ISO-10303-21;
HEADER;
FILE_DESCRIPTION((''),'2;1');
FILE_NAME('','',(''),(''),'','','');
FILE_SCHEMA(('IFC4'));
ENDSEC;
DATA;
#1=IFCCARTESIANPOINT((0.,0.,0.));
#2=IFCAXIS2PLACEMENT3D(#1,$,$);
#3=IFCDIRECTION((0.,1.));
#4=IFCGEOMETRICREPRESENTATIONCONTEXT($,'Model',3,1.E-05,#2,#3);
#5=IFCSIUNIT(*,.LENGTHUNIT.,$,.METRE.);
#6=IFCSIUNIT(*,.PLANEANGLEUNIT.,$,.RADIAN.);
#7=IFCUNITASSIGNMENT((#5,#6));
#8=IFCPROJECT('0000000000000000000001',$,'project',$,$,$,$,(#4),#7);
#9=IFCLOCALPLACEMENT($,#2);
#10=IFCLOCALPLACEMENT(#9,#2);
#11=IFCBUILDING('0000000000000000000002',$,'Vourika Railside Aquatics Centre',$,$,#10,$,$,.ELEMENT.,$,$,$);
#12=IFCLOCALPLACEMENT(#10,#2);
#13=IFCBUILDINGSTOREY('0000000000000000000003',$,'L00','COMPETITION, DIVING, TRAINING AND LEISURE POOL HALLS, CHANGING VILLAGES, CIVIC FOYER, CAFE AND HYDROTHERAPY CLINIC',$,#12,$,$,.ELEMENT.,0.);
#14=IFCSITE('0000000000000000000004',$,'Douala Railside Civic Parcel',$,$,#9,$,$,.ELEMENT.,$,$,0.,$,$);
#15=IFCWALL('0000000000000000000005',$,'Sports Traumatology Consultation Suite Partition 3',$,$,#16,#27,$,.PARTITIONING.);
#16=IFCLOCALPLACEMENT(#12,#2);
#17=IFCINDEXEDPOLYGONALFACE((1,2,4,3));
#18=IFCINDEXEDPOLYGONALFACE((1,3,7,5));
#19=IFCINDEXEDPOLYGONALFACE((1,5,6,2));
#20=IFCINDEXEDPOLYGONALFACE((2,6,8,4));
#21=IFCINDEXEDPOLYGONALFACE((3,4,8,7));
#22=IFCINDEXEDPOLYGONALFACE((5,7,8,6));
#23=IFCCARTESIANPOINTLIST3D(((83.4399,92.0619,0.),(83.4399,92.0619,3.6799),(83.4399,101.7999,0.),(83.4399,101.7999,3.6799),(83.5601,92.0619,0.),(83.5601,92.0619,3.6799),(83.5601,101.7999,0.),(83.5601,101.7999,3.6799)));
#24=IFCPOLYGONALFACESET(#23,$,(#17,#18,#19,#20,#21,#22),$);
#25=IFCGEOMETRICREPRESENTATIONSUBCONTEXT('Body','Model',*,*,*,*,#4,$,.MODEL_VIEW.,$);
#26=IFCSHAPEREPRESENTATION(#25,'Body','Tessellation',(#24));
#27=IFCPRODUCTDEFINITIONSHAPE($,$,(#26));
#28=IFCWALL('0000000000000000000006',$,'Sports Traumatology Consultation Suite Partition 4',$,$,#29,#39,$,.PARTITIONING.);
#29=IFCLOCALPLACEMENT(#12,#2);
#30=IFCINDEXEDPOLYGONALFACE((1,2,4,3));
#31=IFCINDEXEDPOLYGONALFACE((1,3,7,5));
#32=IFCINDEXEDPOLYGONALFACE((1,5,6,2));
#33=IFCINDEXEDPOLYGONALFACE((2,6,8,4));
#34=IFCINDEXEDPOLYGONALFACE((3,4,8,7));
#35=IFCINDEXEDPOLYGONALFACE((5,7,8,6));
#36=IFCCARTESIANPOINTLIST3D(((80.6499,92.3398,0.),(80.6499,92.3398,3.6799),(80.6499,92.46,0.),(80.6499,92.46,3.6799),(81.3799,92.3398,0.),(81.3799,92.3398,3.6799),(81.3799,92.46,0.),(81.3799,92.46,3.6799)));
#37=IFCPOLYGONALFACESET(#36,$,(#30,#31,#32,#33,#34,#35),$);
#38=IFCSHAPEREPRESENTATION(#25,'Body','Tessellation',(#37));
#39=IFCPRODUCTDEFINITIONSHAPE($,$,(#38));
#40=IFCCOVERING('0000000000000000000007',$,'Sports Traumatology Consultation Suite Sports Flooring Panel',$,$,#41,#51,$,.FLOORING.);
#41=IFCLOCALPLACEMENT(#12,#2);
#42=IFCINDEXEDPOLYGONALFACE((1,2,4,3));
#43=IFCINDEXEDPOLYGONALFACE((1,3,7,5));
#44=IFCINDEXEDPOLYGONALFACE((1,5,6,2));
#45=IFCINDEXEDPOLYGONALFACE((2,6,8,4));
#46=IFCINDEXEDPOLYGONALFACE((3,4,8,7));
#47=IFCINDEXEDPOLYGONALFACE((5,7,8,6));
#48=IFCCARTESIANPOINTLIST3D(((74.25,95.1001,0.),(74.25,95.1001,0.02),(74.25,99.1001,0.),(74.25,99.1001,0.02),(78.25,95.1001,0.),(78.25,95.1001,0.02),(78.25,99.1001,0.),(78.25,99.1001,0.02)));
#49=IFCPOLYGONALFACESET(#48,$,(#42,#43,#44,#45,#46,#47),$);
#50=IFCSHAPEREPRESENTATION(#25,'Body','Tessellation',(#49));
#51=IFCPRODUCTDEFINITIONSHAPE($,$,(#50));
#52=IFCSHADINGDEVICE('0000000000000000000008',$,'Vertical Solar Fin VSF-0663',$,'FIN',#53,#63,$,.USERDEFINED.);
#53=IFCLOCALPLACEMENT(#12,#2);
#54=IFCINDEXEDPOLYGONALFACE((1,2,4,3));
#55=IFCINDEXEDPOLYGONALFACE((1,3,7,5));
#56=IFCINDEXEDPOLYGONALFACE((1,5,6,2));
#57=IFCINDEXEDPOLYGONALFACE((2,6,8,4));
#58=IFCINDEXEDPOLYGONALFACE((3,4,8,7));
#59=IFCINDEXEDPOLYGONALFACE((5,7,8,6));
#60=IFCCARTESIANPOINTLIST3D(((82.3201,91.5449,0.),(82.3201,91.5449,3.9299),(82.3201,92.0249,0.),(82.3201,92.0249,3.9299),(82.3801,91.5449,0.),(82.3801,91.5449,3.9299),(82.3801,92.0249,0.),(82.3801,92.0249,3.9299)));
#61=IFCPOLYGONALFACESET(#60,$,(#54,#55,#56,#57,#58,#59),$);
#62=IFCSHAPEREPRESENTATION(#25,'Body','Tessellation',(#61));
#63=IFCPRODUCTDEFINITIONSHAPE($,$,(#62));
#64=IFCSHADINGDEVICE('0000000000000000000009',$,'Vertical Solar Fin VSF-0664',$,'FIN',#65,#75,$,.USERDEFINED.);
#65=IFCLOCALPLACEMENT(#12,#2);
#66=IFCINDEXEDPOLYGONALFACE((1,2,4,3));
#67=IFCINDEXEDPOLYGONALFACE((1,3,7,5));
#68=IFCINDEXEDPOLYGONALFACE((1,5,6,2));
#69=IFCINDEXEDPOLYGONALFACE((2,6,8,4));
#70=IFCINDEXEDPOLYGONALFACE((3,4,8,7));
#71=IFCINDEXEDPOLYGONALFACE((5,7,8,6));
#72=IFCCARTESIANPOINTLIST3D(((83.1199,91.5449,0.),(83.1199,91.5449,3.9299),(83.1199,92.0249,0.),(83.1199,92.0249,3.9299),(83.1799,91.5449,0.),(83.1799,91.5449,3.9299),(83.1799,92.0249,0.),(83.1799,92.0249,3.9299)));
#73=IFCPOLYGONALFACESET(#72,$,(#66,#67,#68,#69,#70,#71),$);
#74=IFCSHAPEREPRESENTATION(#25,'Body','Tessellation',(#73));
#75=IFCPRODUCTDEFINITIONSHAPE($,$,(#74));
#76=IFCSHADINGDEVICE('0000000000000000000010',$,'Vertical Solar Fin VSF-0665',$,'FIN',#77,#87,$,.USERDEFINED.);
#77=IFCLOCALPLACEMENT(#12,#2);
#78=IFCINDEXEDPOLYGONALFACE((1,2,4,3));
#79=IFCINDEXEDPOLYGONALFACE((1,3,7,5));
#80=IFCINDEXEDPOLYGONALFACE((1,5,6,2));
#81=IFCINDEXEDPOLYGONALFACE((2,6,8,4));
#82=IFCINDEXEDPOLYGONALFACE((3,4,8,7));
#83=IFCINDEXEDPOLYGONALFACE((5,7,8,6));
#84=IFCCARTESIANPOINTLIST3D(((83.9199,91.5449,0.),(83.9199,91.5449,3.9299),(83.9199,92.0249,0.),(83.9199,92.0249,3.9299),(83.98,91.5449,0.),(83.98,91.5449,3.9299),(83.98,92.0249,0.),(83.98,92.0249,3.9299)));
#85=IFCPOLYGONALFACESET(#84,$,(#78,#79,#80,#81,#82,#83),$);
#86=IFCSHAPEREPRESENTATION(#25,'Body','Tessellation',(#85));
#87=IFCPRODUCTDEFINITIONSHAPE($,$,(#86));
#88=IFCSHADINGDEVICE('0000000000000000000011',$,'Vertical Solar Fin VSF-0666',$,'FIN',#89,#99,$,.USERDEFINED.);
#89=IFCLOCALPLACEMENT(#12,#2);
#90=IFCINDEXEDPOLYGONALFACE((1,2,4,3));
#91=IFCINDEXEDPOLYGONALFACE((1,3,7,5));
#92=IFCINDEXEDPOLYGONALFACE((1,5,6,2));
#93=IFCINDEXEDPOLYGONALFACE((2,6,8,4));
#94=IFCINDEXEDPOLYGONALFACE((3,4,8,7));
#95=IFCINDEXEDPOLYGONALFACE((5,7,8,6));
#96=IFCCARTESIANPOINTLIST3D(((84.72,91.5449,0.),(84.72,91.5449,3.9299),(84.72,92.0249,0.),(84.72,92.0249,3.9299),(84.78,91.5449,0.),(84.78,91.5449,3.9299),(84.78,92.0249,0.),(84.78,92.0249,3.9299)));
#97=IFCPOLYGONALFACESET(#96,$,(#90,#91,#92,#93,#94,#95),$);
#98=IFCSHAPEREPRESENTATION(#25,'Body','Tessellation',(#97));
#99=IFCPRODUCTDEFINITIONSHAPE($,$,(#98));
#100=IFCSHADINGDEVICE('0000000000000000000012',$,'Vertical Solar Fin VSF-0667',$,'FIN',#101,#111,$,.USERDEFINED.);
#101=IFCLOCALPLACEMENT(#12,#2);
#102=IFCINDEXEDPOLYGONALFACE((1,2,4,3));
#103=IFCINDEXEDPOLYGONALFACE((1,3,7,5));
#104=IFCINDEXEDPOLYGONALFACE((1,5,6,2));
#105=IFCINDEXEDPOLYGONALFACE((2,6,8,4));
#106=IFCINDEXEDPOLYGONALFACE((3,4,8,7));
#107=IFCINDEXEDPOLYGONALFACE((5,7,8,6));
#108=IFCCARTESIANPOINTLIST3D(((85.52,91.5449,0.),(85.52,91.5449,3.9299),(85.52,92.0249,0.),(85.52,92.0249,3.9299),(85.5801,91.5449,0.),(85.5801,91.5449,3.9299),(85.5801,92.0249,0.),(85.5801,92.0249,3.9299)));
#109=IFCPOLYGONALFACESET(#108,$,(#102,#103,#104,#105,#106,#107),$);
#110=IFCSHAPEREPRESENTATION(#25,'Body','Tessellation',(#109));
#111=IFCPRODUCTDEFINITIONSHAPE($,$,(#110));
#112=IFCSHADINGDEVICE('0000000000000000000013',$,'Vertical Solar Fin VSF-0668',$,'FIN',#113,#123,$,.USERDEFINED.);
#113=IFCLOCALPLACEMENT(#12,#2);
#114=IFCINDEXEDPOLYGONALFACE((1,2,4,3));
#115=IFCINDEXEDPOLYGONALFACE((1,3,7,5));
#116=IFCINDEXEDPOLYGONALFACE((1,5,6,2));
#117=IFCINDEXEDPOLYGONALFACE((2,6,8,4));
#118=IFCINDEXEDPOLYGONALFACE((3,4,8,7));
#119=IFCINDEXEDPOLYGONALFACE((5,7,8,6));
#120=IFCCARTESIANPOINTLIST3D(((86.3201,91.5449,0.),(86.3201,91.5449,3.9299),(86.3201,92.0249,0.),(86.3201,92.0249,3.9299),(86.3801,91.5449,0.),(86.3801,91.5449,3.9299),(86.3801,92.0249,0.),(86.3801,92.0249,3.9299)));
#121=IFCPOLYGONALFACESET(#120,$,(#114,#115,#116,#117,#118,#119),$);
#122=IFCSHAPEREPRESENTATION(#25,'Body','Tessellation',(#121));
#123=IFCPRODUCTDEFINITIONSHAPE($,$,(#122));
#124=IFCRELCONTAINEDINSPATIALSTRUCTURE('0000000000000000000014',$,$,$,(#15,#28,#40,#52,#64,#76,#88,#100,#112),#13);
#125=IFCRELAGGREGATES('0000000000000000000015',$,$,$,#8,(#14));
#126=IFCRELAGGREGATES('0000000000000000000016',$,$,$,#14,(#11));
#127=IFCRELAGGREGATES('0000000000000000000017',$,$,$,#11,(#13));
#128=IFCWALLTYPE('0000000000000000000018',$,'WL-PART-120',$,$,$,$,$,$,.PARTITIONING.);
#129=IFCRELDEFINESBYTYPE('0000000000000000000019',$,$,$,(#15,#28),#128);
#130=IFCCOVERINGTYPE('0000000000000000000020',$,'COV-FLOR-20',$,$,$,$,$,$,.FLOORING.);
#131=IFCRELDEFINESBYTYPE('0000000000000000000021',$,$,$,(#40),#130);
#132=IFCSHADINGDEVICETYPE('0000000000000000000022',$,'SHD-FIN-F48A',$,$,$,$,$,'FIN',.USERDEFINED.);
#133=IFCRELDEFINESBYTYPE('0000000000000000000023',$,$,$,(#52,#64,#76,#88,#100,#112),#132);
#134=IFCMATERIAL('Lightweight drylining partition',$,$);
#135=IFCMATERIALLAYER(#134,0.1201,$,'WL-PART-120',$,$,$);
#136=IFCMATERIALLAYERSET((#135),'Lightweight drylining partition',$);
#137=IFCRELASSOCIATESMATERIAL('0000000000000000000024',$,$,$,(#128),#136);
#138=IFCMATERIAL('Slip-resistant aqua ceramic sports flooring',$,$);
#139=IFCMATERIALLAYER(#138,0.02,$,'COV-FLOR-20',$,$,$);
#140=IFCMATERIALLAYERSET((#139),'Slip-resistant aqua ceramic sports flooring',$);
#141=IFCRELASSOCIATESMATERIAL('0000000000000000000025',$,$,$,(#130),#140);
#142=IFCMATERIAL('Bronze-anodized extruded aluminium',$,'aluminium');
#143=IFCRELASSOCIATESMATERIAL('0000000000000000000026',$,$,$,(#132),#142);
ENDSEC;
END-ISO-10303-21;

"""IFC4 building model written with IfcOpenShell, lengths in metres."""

from ifc_helpers import new_model, si_unit, direction, frame, frame_2d, origin, origin_2d, place, context, subcontext, project, spatial, rectangle, extrude, material, layer, layer_set, material_profile, profile_set, type_object, element, save


model = new_model("IFC4")

# Units and contexts
model_context = context("Model", 3, precision=1e-05, world=origin(), true_north=direction((0.0, 1.0)))
body_context = subcontext(model_context, "Body", "Model", "MODEL_VIEW")
ifc_project = project(units=[si_unit("LENGTHUNIT", "METRE"), si_unit("PLANEANGLEUNIT", "RADIAN")], contexts=[model_context])

# Site, building, storey
site_placement = place(None, origin())
site = spatial("IfcSite", under=ifc_project, at=site_placement, Name="Douala Railside Civic Parcel", CompositionType="ELEMENT", RefElevation=0.0)
building_placement = place(site_placement, origin())
building = spatial("IfcBuilding", under=site, at=building_placement, Name="Vourika Railside Aquatics Centre", CompositionType="ELEMENT")
storey_placement = place(building_placement, origin())
storey = spatial("IfcBuildingStorey", under=building, at=storey_placement, Name="L00", Description="COMPETITION, DIVING, TRAINING AND LEISURE POOL HALLS, CHANGING VILLAGES, CIVIC FOYER, CAFE AND HYDROTHERAPY CLINIC", CompositionType="ELEMENT", Elevation=0.0)

# Walls
ifc_material_1 = material(Name="Lightweight drylining partition")
ifc_layer_1 = layer(ifc_material_1, 0.1201, Name="WL-PART-120")
ifc_layer_set_1 = layer_set([ifc_layer_1], Name="Lightweight drylining partition")
wall_type = type_object("IfcWallType", Name="WL-PART-120", PredefinedType="PARTITIONING", material=ifc_layer_set_1)
wall_1_placement = place(storey_placement, frame((83.5, 101.8, 0.0), z_axis=(0.0, 0.0, 1.0), x_axis=(0.0, -1.0, 0.0)))
element("IfcWall", 1, at=wall_1_placement, inside=storey, type_object=wall_type, Name="Sports Traumatology Consultation Suite Partition 3", PredefinedType="PARTITIONING", context=body_context, shape_type="SweptSolid", body=[
    extrude(rectangle(XDim=9.738, YDim=0.1201, at=frame_2d((4.8691, 0.0))), origin(), (0.0, 0.0, 1.0), 3.6799),
])
wall_2_placement = place(storey_placement, frame((81.3799, 92.3999, 0.0), z_axis=(0.0, 0.0, 1.0), x_axis=(-1.0, 0.0, 0.0)))
element("IfcWall", 2, at=wall_2_placement, inside=storey, type_object=wall_type, Name="Sports Traumatology Consultation Suite Partition 4", PredefinedType="PARTITIONING", context=body_context, shape_type="SweptSolid", body=[
    extrude(rectangle(XDim=0.73, YDim=0.1201, at=frame_2d((0.365, 0.0))), origin(), (0.0, 0.0, 1.0), 3.6799),
])

# Covering
ifc_material_2 = material(Name="Slip-resistant aqua ceramic sports flooring")
ifc_layer_2 = layer(ifc_material_2, 0.02, Name="COV-FLOR-20")
ifc_layer_set_2 = layer_set([ifc_layer_2], Name="Slip-resistant aqua ceramic sports flooring")
covering_type = type_object("IfcCoveringType", Name="COV-FLOR-20", PredefinedType="FLOORING", material=ifc_layer_set_2)
covering_placement = place(storey_placement, frame((76.25, 97.1001, 0.0), z_axis=(0.0, 0.0, 1.0), x_axis=(1.0, 0.0, 0.0)))
element("IfcCovering", 3, at=covering_placement, inside=storey, type_object=covering_type, Name="Sports Traumatology Consultation Suite Sports Flooring Panel", PredefinedType="FLOORING", context=body_context, shape_type="SweptSolid", body=[
    extrude(rectangle(XDim=4.0, YDim=4.0, at=origin_2d()), origin(), (0.0, 0.0, 1.0), 0.02),
])

# Shading devices
ifc_material_3 = material(Name="Bronze-anodized extruded aluminium", Category="aluminium")
ifc_material_profile_1 = material_profile(ifc_material_3, rectangle(XDim=0.0601, YDim=0.48, at=origin_2d()), Name="ALU-FIN 60x480")
ifc_profile_set_1 = profile_set([ifc_material_profile_1], Name="Bronze-anodized extruded aluminium")
shading_device_type = type_object("IfcShadingDeviceType", Name="SHD-FIN-F48A", ElementType="FIN", PredefinedType="USERDEFINED", material=ifc_profile_set_1)
for number, where, z_axis, x_axis, name in (
    (4, (82.3501, 91.7849, 0.0), (0.0, 0.0, 1.0), (-1.0, 0.0, 0.0), "Vertical Solar Fin VSF-0663"),
    (5, (83.1499, 91.7849, 0.0), (0.0, 0.0, 1.0), (-1.0, 0.0, 0.0), "Vertical Solar Fin VSF-0664"),
    (6, (83.95, 91.7849, 0.0), (0.0, 0.0, 1.0), (-1.0, 0.0, 0.0), "Vertical Solar Fin VSF-0665"),
    (7, (84.75, 91.7849, 0.0), (0.0, 0.0, 1.0), (-1.0, 0.0, 0.0), "Vertical Solar Fin VSF-0666"),
    (8, (85.55, 91.7849, 0.0), (0.0, 0.0, 1.0), (-1.0, 0.0, 0.0), "Vertical Solar Fin VSF-0667"),
    (9, (86.3501, 91.7849, 0.0), (0.0, 0.0, 1.0), (-1.0, 0.0, 0.0), "Vertical Solar Fin VSF-0668"),
):
    element("IfcShadingDevice", number, at=place(storey_placement, frame(where, z_axis=z_axis, x_axis=x_axis)), inside=storey, type_object=shading_device_type, Name=name, ObjectType="FIN", PredefinedType="USERDEFINED", context=body_context, shape_type="SweptSolid", body=[
        extrude(rectangle(XDim=0.0601, YDim=0.48, at=origin_2d()), origin(), (0.0, 0.0, 1.0), 3.9299),
    ])

save(model, "model.ifc")
